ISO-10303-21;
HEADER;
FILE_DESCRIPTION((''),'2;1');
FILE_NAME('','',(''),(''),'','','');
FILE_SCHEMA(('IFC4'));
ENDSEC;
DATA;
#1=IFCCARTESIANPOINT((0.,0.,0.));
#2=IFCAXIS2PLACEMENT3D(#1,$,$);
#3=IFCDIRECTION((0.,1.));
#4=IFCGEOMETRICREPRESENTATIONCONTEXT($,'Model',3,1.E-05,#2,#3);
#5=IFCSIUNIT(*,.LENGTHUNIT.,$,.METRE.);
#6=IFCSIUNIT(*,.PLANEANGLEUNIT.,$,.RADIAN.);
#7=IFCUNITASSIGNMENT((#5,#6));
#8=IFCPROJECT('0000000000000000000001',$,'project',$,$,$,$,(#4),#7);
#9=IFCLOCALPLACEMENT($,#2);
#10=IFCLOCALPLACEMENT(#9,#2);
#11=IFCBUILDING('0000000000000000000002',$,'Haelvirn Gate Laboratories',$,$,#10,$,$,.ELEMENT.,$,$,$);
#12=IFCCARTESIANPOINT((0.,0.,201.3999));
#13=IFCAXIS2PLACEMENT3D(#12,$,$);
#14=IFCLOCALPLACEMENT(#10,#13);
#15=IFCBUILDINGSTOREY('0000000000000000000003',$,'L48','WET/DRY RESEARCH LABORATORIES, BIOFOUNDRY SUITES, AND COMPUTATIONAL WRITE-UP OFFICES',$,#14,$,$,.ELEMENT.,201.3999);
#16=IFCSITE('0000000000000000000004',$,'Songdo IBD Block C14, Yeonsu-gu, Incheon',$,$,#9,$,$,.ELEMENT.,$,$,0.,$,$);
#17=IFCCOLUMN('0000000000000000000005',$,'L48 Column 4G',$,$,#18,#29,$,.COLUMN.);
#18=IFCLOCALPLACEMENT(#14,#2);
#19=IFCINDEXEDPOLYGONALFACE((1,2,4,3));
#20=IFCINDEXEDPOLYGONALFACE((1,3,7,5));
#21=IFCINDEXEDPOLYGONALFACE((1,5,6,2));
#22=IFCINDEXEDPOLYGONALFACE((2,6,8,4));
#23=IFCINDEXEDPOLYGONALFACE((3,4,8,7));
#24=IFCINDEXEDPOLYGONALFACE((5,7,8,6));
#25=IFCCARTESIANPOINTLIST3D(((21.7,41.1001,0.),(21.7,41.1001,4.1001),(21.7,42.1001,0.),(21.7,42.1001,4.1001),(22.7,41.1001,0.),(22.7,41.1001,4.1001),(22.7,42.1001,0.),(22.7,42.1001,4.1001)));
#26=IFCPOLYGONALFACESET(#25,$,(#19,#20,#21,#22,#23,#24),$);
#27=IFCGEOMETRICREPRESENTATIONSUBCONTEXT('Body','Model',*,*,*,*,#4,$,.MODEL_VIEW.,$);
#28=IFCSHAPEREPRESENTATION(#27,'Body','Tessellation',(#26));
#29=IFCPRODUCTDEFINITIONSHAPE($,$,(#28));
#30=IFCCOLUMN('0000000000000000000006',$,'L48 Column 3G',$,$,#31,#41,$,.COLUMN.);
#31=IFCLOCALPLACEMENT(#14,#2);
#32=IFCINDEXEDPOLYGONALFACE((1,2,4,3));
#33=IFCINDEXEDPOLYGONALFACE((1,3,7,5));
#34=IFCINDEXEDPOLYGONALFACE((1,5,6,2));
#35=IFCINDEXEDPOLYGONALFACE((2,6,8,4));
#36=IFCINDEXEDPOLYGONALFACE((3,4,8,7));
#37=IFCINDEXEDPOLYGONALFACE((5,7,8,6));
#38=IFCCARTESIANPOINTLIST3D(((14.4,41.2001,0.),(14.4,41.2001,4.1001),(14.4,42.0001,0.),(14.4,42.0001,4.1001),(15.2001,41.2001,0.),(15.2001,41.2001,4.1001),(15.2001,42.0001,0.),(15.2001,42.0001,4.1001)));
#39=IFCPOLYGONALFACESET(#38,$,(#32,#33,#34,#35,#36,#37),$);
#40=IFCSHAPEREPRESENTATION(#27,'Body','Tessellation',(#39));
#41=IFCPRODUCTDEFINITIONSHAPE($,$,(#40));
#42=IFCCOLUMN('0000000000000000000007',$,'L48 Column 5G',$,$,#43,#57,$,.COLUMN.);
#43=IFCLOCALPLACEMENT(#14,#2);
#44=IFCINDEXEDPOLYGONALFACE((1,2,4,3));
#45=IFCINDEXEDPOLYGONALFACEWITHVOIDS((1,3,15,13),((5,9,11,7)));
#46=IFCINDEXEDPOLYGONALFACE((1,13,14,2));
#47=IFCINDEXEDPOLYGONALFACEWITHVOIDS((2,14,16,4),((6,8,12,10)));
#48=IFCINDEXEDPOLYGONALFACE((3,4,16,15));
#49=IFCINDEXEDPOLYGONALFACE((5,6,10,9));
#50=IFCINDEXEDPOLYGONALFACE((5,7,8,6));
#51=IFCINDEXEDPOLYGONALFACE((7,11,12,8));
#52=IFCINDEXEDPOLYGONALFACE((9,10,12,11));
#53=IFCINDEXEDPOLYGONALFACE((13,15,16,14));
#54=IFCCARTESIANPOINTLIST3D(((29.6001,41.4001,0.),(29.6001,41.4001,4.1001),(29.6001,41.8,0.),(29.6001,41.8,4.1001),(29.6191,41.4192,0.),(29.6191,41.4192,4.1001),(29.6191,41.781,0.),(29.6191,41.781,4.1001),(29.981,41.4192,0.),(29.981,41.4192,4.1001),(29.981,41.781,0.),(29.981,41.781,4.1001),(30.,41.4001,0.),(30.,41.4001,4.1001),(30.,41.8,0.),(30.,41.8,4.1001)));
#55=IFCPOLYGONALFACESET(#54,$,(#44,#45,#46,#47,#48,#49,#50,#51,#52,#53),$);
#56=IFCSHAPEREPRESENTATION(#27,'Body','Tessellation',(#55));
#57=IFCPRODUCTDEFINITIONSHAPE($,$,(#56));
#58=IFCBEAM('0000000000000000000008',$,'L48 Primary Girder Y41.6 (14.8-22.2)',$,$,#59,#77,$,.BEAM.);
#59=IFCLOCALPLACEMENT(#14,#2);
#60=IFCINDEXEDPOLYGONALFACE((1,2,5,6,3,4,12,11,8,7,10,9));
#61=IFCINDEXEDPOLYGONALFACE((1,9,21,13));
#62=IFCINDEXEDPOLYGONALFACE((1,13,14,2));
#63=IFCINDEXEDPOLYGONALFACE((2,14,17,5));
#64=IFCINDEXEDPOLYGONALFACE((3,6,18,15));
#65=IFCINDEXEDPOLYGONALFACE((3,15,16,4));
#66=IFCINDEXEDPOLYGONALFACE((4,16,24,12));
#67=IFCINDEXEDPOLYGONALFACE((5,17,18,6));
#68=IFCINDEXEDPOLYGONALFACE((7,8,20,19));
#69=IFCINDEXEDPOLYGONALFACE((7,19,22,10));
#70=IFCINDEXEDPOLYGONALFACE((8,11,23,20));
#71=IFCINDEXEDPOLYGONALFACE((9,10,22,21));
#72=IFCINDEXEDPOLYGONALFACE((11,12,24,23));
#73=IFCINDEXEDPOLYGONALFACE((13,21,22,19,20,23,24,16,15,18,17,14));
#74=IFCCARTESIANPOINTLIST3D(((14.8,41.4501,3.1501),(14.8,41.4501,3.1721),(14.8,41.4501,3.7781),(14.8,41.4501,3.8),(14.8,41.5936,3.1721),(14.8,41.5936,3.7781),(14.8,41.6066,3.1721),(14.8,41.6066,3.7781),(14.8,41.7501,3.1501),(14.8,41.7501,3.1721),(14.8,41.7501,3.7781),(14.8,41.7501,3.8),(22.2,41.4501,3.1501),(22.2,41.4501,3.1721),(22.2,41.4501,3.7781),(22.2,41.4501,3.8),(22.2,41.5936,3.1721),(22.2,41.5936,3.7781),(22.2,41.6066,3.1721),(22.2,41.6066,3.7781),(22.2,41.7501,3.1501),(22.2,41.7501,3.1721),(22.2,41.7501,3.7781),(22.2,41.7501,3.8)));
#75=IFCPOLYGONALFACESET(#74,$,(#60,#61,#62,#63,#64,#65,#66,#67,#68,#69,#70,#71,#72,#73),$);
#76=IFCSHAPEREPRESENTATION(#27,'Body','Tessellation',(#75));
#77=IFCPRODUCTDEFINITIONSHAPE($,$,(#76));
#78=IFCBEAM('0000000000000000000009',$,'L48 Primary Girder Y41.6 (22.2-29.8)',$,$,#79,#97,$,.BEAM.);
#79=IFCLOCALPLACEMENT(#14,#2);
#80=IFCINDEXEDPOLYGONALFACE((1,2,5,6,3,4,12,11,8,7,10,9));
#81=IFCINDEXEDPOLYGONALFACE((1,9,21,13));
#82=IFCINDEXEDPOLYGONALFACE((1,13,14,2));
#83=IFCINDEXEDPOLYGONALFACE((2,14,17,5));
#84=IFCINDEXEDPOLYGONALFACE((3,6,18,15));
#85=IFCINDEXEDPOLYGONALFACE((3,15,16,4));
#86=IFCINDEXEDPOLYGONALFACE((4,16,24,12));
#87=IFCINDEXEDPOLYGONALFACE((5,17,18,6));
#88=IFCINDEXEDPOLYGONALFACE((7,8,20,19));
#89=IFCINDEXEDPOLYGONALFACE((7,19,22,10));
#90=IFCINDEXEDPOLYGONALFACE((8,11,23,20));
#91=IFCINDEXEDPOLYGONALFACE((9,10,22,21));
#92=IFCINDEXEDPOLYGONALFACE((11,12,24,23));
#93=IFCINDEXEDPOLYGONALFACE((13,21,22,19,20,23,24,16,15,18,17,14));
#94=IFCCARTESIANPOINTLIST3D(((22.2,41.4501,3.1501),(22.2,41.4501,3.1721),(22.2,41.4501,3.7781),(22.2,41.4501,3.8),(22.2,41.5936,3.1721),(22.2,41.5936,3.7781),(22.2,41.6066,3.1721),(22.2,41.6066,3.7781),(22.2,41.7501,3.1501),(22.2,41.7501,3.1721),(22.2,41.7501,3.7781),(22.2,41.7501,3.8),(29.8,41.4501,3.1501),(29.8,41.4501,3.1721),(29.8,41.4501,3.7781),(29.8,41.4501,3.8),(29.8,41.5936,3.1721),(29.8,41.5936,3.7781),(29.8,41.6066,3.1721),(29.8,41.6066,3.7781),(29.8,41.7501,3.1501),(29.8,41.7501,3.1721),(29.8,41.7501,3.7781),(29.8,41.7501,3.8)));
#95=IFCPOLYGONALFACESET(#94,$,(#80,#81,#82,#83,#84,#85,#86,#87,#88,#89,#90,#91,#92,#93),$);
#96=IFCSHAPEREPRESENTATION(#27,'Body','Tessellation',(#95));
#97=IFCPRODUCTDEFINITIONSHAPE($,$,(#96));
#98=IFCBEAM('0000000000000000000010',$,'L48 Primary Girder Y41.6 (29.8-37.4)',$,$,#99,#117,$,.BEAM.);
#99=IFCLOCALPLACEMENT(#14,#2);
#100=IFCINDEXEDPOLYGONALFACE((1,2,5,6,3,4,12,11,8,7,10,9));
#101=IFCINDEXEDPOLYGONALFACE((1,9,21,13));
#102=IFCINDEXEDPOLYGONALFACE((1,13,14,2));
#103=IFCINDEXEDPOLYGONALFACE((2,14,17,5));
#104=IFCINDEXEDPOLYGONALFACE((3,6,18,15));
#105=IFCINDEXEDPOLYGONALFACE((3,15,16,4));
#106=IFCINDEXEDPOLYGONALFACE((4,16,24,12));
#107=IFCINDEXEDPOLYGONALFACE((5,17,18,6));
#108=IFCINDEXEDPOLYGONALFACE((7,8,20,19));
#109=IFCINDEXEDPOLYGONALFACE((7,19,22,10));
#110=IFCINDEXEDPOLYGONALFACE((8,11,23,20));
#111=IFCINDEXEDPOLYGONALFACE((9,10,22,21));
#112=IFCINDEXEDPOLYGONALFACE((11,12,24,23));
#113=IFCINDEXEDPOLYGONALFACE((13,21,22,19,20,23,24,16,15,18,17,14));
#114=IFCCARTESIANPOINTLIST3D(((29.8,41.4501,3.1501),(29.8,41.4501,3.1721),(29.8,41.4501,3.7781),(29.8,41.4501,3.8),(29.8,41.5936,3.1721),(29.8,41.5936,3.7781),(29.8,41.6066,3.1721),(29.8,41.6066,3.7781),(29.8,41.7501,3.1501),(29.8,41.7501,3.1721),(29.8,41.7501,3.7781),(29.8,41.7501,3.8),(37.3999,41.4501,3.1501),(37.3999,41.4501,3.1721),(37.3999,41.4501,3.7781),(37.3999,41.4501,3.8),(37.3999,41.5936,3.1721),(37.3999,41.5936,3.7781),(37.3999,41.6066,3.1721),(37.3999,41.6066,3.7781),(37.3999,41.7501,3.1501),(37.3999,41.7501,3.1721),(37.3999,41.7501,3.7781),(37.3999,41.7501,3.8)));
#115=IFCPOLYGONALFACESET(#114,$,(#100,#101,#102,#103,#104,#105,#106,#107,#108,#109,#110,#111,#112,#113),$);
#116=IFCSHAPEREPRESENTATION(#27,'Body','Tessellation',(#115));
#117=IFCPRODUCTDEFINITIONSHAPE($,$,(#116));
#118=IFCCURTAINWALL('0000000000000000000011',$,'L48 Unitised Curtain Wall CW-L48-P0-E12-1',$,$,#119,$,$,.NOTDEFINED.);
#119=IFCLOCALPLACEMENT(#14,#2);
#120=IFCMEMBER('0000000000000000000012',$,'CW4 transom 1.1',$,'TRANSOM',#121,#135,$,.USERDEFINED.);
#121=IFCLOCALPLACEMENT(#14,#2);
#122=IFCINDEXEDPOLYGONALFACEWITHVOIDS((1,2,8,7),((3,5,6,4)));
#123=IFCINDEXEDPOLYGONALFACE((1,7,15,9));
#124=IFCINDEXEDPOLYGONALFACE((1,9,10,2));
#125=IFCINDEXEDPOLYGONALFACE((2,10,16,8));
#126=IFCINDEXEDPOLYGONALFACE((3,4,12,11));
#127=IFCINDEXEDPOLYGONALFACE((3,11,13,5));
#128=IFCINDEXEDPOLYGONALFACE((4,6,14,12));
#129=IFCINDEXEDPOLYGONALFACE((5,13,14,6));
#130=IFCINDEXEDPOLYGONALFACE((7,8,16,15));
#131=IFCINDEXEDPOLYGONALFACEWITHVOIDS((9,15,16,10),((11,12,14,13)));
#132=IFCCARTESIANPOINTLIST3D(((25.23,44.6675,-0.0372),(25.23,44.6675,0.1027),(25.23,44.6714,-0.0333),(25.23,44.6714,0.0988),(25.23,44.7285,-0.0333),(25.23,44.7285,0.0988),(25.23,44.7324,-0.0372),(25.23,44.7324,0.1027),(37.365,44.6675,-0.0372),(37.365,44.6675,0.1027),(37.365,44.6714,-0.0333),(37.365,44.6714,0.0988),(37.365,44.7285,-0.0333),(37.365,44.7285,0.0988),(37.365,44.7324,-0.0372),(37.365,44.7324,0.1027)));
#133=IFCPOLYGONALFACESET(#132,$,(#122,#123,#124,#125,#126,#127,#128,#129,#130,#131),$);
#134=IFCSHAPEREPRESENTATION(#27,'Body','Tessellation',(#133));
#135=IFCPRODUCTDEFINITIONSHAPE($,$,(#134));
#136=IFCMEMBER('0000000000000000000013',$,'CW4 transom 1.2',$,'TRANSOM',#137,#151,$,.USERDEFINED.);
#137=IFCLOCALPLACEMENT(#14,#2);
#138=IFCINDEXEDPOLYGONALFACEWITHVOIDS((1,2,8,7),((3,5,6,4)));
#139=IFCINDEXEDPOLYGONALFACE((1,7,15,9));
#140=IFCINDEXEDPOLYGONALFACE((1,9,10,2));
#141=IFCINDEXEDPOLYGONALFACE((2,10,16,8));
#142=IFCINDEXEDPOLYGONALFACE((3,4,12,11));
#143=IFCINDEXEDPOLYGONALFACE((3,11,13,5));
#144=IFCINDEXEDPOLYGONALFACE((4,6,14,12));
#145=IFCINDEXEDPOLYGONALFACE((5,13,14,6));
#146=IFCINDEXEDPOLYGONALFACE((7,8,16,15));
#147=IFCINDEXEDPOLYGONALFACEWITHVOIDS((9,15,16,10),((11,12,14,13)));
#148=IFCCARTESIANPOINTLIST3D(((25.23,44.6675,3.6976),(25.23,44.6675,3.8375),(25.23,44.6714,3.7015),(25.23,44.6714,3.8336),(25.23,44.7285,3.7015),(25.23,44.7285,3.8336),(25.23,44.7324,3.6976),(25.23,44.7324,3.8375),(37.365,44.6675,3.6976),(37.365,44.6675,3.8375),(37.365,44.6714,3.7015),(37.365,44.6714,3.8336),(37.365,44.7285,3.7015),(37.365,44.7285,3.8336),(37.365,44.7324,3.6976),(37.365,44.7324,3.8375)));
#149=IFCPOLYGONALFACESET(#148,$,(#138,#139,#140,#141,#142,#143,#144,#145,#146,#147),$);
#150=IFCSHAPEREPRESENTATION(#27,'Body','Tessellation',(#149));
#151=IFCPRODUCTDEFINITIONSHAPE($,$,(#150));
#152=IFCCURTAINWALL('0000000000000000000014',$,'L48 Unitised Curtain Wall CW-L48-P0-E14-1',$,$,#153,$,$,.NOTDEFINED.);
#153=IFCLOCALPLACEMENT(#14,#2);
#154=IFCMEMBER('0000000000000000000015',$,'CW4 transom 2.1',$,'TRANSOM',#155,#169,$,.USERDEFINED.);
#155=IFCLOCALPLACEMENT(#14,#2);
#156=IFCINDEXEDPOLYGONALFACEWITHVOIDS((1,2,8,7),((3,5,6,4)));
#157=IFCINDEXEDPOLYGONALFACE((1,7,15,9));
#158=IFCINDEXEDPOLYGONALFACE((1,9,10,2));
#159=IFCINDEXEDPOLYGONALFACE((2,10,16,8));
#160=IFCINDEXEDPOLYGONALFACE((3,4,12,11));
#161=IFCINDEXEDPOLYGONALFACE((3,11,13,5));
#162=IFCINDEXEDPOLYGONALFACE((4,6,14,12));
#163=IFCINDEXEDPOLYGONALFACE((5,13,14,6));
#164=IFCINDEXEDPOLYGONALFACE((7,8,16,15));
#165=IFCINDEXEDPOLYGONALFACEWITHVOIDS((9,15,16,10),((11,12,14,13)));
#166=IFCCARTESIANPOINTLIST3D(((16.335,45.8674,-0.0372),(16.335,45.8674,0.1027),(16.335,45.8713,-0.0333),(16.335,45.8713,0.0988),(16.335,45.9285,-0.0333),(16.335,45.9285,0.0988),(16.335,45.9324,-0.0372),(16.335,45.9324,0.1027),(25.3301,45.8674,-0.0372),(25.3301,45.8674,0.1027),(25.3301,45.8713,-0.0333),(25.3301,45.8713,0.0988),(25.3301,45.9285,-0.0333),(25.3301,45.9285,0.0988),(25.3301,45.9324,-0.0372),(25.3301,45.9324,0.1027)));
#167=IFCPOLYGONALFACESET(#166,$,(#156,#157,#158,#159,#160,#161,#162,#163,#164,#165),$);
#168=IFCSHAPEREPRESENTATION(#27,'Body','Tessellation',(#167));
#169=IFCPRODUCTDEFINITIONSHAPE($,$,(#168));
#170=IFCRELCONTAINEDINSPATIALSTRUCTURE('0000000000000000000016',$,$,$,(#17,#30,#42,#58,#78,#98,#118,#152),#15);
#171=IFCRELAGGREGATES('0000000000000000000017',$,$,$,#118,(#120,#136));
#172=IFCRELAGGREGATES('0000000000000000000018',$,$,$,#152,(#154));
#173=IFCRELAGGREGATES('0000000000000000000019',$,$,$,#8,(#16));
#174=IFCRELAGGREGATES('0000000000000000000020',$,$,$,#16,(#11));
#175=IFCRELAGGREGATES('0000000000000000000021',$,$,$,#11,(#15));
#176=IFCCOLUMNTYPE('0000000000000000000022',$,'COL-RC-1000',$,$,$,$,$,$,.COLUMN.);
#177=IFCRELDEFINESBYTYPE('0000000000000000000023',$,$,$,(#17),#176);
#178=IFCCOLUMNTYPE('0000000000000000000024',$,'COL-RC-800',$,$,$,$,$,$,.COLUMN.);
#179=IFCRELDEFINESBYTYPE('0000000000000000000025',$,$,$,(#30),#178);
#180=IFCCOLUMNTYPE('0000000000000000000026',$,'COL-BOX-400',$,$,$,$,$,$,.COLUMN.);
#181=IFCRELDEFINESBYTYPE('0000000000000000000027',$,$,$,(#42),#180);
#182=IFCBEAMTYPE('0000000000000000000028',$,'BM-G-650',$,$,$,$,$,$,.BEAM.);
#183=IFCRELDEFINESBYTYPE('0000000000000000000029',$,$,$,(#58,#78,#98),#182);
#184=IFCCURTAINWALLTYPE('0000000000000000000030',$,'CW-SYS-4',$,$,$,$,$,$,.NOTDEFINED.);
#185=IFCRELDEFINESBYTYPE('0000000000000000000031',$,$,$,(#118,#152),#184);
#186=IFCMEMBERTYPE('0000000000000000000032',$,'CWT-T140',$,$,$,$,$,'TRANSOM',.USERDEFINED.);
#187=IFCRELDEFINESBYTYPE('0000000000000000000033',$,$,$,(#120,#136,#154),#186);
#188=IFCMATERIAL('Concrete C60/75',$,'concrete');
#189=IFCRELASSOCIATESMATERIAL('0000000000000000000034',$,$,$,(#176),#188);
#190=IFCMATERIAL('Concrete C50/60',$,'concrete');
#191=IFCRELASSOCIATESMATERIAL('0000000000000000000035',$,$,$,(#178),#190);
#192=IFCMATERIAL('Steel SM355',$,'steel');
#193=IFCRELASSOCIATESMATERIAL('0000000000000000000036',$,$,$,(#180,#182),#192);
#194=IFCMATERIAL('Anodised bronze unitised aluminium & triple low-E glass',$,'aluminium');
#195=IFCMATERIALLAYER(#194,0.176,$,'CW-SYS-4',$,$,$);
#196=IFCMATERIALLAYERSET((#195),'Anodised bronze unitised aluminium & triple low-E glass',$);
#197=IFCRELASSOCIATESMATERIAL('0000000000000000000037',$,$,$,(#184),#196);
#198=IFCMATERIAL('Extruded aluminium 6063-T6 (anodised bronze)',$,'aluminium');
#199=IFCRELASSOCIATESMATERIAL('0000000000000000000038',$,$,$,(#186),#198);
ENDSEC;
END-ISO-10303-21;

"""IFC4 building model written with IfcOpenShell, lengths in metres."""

from ifc_helpers import new_model, si_unit, direction, frame, origin, origin_2d, place, context, subcontext, project, spatial, rectangle, hollow_rectangle, i_section, extrude, source, transform, mapped, material, layer, layer_set, material_profile, profile_set, type_object, type_shapes, element, aggregate, save


model = new_model("IFC4")

# Units and contexts
model_context = context("Model", 3, precision=1e-05, world=origin(), true_north=direction((0.0, 1.0)))
body_context = subcontext(model_context, "Body", "Model", "MODEL_VIEW")
ifc_project = project(units=[si_unit("LENGTHUNIT", "METRE"), si_unit("PLANEANGLEUNIT", "RADIAN")], contexts=[model_context])

# Site, building, storey
site_placement = place(None, origin())
site = spatial("IfcSite", under=ifc_project, at=site_placement, Name="Songdo IBD Block C14, Yeonsu-gu, Incheon", CompositionType="ELEMENT", RefElevation=0.0)
building_placement = place(site_placement, origin())
building = spatial("IfcBuilding", under=site, at=building_placement, Name="Haelvirn Gate Laboratories", CompositionType="ELEMENT")
storey_placement = place(building_placement, frame((0.0, 0.0, 201.3999)))
storey = spatial("IfcBuildingStorey", under=building, at=storey_placement, Name="L48", Description="WET/DRY RESEARCH LABORATORIES, BIOFOUNDRY SUITES, AND COMPUTATIONAL WRITE-UP OFFICES", CompositionType="ELEMENT", Elevation=201.3999)

# Columns
ifc_material_1 = material(Name="Concrete C60/75", Category="concrete")
ifc_material_profile_1 = material_profile(ifc_material_1, rectangle(XDim=1.0, YDim=1.0, at=origin_2d()), Name="RC-1000x1000")
ifc_profile_set_1 = profile_set([ifc_material_profile_1], Name="Concrete C60/75")
column_type_1 = type_object("IfcColumnType", Name="COL-RC-1000", PredefinedType="COLUMN", material=ifc_profile_set_1)
shared_shape_1 = source(origin(), body_context, "Body", "SweptSolid", [
    extrude(rectangle(XDim=1.0, YDim=1.0, at=origin_2d()), origin(), (0.0, 0.0, 1.0), 4.1001),
])
type_shapes(column_type_1, [shared_shape_1])
column_1_placement = place(storey_placement, frame((22.2, 41.6001, 0.0), z_axis=(0.0, 0.0, 1.0), x_axis=(1.0, 0.0, 0.0)))
element("IfcColumn", 1, at=column_1_placement, inside=storey, type_object=column_type_1, Name="L48 Column 4G", PredefinedType="COLUMN", context=body_context, shape_type="MappedRepresentation", body=[
    mapped(shared_shape_1, transform((0.0, 0.0, 0.0), scale=1.0)),
])
ifc_material_2 = material(Name="Concrete C50/60", Category="concrete")
ifc_material_profile_2 = material_profile(ifc_material_2, rectangle(XDim=0.8, YDim=0.8, at=origin_2d()), Name="RC-800x800")
ifc_profile_set_2 = profile_set([ifc_material_profile_2], Name="Concrete C50/60")
column_type_2 = type_object("IfcColumnType", Name="COL-RC-800", PredefinedType="COLUMN", material=ifc_profile_set_2)
shared_shape_2 = source(origin(), body_context, "Body", "SweptSolid", [
    extrude(rectangle(XDim=0.8, YDim=0.8, at=origin_2d()), origin(), (0.0, 0.0, 1.0), 4.1001),
])
type_shapes(column_type_2, [shared_shape_2])
column_2_placement = place(storey_placement, frame((14.8, 41.6001, 0.0), z_axis=(0.0, 0.0, 1.0), x_axis=(1.0, 0.0, 0.0)))
element("IfcColumn", 2, at=column_2_placement, inside=storey, type_object=column_type_2, Name="L48 Column 3G", PredefinedType="COLUMN", context=body_context, shape_type="MappedRepresentation", body=[
    mapped(shared_shape_2, transform((0.0, 0.0, 0.0), scale=1.0)),
])
ifc_material_3 = material(Name="Steel SM355", Category="steel")
ifc_material_profile_3 = material_profile(ifc_material_3, hollow_rectangle(XDim=0.3999, YDim=0.3999, WallThickness=0.019, at=origin_2d()), Name="BOX-400x400x19")
ifc_profile_set_3 = profile_set([ifc_material_profile_3], Name="Steel SM355")
column_type_3 = type_object("IfcColumnType", Name="COL-BOX-400", PredefinedType="COLUMN", material=ifc_profile_set_3)
shared_shape_3 = source(origin(), body_context, "Body", "SweptSolid", [
    extrude(hollow_rectangle(XDim=0.3999, YDim=0.3999, WallThickness=0.019, at=origin_2d()), origin(), (0.0, 0.0, 1.0), 4.1001),
])
type_shapes(column_type_3, [shared_shape_3])
column_3_placement = place(storey_placement, frame((29.8, 41.6001, 0.0), z_axis=(0.0, 0.0, 1.0), x_axis=(1.0, 0.0, 0.0)))
element("IfcColumn", 3, at=column_3_placement, inside=storey, type_object=column_type_3, Name="L48 Column 5G", PredefinedType="COLUMN", context=body_context, shape_type="MappedRepresentation", body=[
    mapped(shared_shape_3, transform((0.0, 0.0, 0.0), scale=1.0)),
])

# Beams
ifc_material_profile_4 = material_profile(ifc_material_3, i_section(OverallWidth=0.3, OverallDepth=0.6499, WebThickness=0.0129, FlangeThickness=0.022, at=origin_2d()), Name="H-650x300x13x22")
ifc_profile_set_4 = profile_set([ifc_material_profile_4], Name="Steel SM355")
beam_type = type_object("IfcBeamType", Name="BM-G-650", PredefinedType="BEAM", material=ifc_profile_set_4)
shared_shape_4 = source(origin(), body_context, "Body", "SweptSolid", [
    extrude(i_section(OverallWidth=0.3, OverallDepth=0.6499, WebThickness=0.0129, FlangeThickness=0.022, at=origin_2d()), origin(), (0.0, 0.0, 1.0), 7.3999),
])
beam_1_placement = place(storey_placement, frame((14.8, 41.6001, 3.4751), z_axis=(1.0, 0.0, 0.0), x_axis=(0.0, 1.0, 0.0)))
element("IfcBeam", 4, at=beam_1_placement, inside=storey, type_object=beam_type, Name="L48 Primary Girder Y41.6 (14.8-22.2)", PredefinedType="BEAM", context=body_context, shape_type="MappedRepresentation", body=[
    mapped(shared_shape_4, transform((0.0, 0.0, 0.0), scale=1.0)),
])
shared_shape_5 = source(origin(), body_context, "Body", "SweptSolid", [
    extrude(i_section(OverallWidth=0.3, OverallDepth=0.6499, WebThickness=0.0129, FlangeThickness=0.022, at=origin_2d()), origin(), (0.0, 0.0, 1.0), 7.6001),
])
beam_2_placement = place(storey_placement, frame((22.2, 41.6001, 3.4751), z_axis=(1.0, 0.0, 0.0), x_axis=(0.0, 1.0, 0.0)))
element("IfcBeam", 5, at=beam_2_placement, inside=storey, type_object=beam_type, Name="L48 Primary Girder Y41.6 (22.2-29.8)", PredefinedType="BEAM", context=body_context, shape_type="MappedRepresentation", body=[
    mapped(shared_shape_5, transform((0.0, 0.0, 0.0), scale=1.0)),
])
shared_shape_6 = source(origin(), body_context, "Body", "SweptSolid", [
    extrude(i_section(OverallWidth=0.3, OverallDepth=0.6499, WebThickness=0.0129, FlangeThickness=0.022, at=origin_2d()), origin(), (0.0, 0.0, 1.0), 7.5999),
])
type_shapes(beam_type, [shared_shape_4, shared_shape_5, shared_shape_6])
beam_3_placement = place(storey_placement, frame((29.8, 41.6001, 3.4751), z_axis=(1.0, 0.0, 0.0), x_axis=(0.0, 1.0, 0.0)))
element("IfcBeam", 6, at=beam_3_placement, inside=storey, type_object=beam_type, Name="L48 Primary Girder Y41.6 (29.8-37.4)", PredefinedType="BEAM", context=body_context, shape_type="MappedRepresentation", body=[
    mapped(shared_shape_6, transform((0.0, 0.0, 0.0), scale=1.0)),
])

# Curtain walls, members
ifc_material_4 = material(Name="Anodised bronze unitised aluminium & triple low-E glass", Category="aluminium")
ifc_layer_1 = layer(ifc_material_4, 0.176, Name="CW-SYS-4")
ifc_layer_set_1 = layer_set([ifc_layer_1], Name="Anodised bronze unitised aluminium & triple low-E glass")
curtain_wall_type = type_object("IfcCurtainWallType", Name="CW-SYS-4", PredefinedType="NOTDEFINED", material=ifc_layer_set_1)
curtain_wall_1_placement = place(storey_placement, origin())
curtain_wall_1 = element("IfcCurtainWall", 7, at=curtain_wall_1_placement, inside=storey, type_object=curtain_wall_type, Name="L48 Unitised Curtain Wall CW-L48-P0-E12-1", PredefinedType="NOTDEFINED")
ifc_material_5 = material(Name="Extruded aluminium 6063-T6 (anodised bronze)", Category="aluminium")
ifc_material_profile_5 = material_profile(ifc_material_5, hollow_rectangle(XDim=0.0649, YDim=0.1399, WallThickness=0.0039, at=origin_2d()), Name="CWT-140x65x4")
ifc_profile_set_5 = profile_set([ifc_material_profile_5], Name="Extruded aluminium 6063-T6 (anodised bronze)")
member_type_1 = type_object("IfcMemberType", Name="CWT-T140", ElementType="TRANSOM", PredefinedType="USERDEFINED", material=ifc_profile_set_5)
shared_shape_7 = source(origin(), body_context, "Body", "SweptSolid", [
    extrude(hollow_rectangle(XDim=0.0649, YDim=0.1399, WallThickness=0.0039, at=origin_2d()), origin(), (0.0, 0.0, 1.0), 12.135),
])
member_1_placement = place(storey_placement, frame((25.23, 44.7, 0.0327), z_axis=(1.0, 0.0, 0.0), x_axis=(0.0, 1.0, 0.0)))
member_1 = element("IfcMember", 8, at=member_1_placement, type_object=member_type_1, Name="CW4 transom 1.1", ObjectType="TRANSOM", PredefinedType="USERDEFINED", context=body_context, shape_type="MappedRepresentation", body=[
    mapped(shared_shape_7, transform((0.0, 0.0, 0.0), scale=1.0)),
])
member_2_placement = place(storey_placement, frame((25.23, 44.7, 3.7676), z_axis=(1.0, 0.0, 0.0), x_axis=(0.0, 1.0, 0.0)))
member_2 = element("IfcMember", 9, at=member_2_placement, type_object=member_type_1, Name="CW4 transom 1.2", ObjectType="TRANSOM", PredefinedType="USERDEFINED", context=body_context, shape_type="MappedRepresentation", body=[
    mapped(shared_shape_7, transform((0.0, 0.0, 0.0), scale=1.0)),
])
curtain_wall_2_placement = place(storey_placement, origin())
curtain_wall_2 = element("IfcCurtainWall", 10, at=curtain_wall_2_placement, inside=storey, type_object=curtain_wall_type, Name="L48 Unitised Curtain Wall CW-L48-P0-E14-1", PredefinedType="NOTDEFINED")
shared_shape_8 = source(origin(), body_context, "Body", "SweptSolid", [
    extrude(hollow_rectangle(XDim=0.0649, YDim=0.1399, WallThickness=0.0039, at=origin_2d()), origin(), (0.0, 0.0, 1.0), 8.9951),
])
type_shapes(member_type_1, [shared_shape_7, shared_shape_8])
member_3_placement = place(storey_placement, frame((16.335, 45.8999, 0.0327), z_axis=(1.0, 0.0, 0.0), x_axis=(0.0, 1.0, 0.0)))
member_3 = element("IfcMember", 11, at=member_3_placement, type_object=member_type_1, Name="CW4 transom 2.1", ObjectType="TRANSOM", PredefinedType="USERDEFINED", context=body_context, shape_type="MappedRepresentation", body=[
    mapped(shared_shape_8, transform((0.0, 0.0, 0.0), scale=1.0)),
])

aggregate(curtain_wall_1, [member_1, member_2])

aggregate(curtain_wall_2, [member_3])

save(model, "model.ifc")
